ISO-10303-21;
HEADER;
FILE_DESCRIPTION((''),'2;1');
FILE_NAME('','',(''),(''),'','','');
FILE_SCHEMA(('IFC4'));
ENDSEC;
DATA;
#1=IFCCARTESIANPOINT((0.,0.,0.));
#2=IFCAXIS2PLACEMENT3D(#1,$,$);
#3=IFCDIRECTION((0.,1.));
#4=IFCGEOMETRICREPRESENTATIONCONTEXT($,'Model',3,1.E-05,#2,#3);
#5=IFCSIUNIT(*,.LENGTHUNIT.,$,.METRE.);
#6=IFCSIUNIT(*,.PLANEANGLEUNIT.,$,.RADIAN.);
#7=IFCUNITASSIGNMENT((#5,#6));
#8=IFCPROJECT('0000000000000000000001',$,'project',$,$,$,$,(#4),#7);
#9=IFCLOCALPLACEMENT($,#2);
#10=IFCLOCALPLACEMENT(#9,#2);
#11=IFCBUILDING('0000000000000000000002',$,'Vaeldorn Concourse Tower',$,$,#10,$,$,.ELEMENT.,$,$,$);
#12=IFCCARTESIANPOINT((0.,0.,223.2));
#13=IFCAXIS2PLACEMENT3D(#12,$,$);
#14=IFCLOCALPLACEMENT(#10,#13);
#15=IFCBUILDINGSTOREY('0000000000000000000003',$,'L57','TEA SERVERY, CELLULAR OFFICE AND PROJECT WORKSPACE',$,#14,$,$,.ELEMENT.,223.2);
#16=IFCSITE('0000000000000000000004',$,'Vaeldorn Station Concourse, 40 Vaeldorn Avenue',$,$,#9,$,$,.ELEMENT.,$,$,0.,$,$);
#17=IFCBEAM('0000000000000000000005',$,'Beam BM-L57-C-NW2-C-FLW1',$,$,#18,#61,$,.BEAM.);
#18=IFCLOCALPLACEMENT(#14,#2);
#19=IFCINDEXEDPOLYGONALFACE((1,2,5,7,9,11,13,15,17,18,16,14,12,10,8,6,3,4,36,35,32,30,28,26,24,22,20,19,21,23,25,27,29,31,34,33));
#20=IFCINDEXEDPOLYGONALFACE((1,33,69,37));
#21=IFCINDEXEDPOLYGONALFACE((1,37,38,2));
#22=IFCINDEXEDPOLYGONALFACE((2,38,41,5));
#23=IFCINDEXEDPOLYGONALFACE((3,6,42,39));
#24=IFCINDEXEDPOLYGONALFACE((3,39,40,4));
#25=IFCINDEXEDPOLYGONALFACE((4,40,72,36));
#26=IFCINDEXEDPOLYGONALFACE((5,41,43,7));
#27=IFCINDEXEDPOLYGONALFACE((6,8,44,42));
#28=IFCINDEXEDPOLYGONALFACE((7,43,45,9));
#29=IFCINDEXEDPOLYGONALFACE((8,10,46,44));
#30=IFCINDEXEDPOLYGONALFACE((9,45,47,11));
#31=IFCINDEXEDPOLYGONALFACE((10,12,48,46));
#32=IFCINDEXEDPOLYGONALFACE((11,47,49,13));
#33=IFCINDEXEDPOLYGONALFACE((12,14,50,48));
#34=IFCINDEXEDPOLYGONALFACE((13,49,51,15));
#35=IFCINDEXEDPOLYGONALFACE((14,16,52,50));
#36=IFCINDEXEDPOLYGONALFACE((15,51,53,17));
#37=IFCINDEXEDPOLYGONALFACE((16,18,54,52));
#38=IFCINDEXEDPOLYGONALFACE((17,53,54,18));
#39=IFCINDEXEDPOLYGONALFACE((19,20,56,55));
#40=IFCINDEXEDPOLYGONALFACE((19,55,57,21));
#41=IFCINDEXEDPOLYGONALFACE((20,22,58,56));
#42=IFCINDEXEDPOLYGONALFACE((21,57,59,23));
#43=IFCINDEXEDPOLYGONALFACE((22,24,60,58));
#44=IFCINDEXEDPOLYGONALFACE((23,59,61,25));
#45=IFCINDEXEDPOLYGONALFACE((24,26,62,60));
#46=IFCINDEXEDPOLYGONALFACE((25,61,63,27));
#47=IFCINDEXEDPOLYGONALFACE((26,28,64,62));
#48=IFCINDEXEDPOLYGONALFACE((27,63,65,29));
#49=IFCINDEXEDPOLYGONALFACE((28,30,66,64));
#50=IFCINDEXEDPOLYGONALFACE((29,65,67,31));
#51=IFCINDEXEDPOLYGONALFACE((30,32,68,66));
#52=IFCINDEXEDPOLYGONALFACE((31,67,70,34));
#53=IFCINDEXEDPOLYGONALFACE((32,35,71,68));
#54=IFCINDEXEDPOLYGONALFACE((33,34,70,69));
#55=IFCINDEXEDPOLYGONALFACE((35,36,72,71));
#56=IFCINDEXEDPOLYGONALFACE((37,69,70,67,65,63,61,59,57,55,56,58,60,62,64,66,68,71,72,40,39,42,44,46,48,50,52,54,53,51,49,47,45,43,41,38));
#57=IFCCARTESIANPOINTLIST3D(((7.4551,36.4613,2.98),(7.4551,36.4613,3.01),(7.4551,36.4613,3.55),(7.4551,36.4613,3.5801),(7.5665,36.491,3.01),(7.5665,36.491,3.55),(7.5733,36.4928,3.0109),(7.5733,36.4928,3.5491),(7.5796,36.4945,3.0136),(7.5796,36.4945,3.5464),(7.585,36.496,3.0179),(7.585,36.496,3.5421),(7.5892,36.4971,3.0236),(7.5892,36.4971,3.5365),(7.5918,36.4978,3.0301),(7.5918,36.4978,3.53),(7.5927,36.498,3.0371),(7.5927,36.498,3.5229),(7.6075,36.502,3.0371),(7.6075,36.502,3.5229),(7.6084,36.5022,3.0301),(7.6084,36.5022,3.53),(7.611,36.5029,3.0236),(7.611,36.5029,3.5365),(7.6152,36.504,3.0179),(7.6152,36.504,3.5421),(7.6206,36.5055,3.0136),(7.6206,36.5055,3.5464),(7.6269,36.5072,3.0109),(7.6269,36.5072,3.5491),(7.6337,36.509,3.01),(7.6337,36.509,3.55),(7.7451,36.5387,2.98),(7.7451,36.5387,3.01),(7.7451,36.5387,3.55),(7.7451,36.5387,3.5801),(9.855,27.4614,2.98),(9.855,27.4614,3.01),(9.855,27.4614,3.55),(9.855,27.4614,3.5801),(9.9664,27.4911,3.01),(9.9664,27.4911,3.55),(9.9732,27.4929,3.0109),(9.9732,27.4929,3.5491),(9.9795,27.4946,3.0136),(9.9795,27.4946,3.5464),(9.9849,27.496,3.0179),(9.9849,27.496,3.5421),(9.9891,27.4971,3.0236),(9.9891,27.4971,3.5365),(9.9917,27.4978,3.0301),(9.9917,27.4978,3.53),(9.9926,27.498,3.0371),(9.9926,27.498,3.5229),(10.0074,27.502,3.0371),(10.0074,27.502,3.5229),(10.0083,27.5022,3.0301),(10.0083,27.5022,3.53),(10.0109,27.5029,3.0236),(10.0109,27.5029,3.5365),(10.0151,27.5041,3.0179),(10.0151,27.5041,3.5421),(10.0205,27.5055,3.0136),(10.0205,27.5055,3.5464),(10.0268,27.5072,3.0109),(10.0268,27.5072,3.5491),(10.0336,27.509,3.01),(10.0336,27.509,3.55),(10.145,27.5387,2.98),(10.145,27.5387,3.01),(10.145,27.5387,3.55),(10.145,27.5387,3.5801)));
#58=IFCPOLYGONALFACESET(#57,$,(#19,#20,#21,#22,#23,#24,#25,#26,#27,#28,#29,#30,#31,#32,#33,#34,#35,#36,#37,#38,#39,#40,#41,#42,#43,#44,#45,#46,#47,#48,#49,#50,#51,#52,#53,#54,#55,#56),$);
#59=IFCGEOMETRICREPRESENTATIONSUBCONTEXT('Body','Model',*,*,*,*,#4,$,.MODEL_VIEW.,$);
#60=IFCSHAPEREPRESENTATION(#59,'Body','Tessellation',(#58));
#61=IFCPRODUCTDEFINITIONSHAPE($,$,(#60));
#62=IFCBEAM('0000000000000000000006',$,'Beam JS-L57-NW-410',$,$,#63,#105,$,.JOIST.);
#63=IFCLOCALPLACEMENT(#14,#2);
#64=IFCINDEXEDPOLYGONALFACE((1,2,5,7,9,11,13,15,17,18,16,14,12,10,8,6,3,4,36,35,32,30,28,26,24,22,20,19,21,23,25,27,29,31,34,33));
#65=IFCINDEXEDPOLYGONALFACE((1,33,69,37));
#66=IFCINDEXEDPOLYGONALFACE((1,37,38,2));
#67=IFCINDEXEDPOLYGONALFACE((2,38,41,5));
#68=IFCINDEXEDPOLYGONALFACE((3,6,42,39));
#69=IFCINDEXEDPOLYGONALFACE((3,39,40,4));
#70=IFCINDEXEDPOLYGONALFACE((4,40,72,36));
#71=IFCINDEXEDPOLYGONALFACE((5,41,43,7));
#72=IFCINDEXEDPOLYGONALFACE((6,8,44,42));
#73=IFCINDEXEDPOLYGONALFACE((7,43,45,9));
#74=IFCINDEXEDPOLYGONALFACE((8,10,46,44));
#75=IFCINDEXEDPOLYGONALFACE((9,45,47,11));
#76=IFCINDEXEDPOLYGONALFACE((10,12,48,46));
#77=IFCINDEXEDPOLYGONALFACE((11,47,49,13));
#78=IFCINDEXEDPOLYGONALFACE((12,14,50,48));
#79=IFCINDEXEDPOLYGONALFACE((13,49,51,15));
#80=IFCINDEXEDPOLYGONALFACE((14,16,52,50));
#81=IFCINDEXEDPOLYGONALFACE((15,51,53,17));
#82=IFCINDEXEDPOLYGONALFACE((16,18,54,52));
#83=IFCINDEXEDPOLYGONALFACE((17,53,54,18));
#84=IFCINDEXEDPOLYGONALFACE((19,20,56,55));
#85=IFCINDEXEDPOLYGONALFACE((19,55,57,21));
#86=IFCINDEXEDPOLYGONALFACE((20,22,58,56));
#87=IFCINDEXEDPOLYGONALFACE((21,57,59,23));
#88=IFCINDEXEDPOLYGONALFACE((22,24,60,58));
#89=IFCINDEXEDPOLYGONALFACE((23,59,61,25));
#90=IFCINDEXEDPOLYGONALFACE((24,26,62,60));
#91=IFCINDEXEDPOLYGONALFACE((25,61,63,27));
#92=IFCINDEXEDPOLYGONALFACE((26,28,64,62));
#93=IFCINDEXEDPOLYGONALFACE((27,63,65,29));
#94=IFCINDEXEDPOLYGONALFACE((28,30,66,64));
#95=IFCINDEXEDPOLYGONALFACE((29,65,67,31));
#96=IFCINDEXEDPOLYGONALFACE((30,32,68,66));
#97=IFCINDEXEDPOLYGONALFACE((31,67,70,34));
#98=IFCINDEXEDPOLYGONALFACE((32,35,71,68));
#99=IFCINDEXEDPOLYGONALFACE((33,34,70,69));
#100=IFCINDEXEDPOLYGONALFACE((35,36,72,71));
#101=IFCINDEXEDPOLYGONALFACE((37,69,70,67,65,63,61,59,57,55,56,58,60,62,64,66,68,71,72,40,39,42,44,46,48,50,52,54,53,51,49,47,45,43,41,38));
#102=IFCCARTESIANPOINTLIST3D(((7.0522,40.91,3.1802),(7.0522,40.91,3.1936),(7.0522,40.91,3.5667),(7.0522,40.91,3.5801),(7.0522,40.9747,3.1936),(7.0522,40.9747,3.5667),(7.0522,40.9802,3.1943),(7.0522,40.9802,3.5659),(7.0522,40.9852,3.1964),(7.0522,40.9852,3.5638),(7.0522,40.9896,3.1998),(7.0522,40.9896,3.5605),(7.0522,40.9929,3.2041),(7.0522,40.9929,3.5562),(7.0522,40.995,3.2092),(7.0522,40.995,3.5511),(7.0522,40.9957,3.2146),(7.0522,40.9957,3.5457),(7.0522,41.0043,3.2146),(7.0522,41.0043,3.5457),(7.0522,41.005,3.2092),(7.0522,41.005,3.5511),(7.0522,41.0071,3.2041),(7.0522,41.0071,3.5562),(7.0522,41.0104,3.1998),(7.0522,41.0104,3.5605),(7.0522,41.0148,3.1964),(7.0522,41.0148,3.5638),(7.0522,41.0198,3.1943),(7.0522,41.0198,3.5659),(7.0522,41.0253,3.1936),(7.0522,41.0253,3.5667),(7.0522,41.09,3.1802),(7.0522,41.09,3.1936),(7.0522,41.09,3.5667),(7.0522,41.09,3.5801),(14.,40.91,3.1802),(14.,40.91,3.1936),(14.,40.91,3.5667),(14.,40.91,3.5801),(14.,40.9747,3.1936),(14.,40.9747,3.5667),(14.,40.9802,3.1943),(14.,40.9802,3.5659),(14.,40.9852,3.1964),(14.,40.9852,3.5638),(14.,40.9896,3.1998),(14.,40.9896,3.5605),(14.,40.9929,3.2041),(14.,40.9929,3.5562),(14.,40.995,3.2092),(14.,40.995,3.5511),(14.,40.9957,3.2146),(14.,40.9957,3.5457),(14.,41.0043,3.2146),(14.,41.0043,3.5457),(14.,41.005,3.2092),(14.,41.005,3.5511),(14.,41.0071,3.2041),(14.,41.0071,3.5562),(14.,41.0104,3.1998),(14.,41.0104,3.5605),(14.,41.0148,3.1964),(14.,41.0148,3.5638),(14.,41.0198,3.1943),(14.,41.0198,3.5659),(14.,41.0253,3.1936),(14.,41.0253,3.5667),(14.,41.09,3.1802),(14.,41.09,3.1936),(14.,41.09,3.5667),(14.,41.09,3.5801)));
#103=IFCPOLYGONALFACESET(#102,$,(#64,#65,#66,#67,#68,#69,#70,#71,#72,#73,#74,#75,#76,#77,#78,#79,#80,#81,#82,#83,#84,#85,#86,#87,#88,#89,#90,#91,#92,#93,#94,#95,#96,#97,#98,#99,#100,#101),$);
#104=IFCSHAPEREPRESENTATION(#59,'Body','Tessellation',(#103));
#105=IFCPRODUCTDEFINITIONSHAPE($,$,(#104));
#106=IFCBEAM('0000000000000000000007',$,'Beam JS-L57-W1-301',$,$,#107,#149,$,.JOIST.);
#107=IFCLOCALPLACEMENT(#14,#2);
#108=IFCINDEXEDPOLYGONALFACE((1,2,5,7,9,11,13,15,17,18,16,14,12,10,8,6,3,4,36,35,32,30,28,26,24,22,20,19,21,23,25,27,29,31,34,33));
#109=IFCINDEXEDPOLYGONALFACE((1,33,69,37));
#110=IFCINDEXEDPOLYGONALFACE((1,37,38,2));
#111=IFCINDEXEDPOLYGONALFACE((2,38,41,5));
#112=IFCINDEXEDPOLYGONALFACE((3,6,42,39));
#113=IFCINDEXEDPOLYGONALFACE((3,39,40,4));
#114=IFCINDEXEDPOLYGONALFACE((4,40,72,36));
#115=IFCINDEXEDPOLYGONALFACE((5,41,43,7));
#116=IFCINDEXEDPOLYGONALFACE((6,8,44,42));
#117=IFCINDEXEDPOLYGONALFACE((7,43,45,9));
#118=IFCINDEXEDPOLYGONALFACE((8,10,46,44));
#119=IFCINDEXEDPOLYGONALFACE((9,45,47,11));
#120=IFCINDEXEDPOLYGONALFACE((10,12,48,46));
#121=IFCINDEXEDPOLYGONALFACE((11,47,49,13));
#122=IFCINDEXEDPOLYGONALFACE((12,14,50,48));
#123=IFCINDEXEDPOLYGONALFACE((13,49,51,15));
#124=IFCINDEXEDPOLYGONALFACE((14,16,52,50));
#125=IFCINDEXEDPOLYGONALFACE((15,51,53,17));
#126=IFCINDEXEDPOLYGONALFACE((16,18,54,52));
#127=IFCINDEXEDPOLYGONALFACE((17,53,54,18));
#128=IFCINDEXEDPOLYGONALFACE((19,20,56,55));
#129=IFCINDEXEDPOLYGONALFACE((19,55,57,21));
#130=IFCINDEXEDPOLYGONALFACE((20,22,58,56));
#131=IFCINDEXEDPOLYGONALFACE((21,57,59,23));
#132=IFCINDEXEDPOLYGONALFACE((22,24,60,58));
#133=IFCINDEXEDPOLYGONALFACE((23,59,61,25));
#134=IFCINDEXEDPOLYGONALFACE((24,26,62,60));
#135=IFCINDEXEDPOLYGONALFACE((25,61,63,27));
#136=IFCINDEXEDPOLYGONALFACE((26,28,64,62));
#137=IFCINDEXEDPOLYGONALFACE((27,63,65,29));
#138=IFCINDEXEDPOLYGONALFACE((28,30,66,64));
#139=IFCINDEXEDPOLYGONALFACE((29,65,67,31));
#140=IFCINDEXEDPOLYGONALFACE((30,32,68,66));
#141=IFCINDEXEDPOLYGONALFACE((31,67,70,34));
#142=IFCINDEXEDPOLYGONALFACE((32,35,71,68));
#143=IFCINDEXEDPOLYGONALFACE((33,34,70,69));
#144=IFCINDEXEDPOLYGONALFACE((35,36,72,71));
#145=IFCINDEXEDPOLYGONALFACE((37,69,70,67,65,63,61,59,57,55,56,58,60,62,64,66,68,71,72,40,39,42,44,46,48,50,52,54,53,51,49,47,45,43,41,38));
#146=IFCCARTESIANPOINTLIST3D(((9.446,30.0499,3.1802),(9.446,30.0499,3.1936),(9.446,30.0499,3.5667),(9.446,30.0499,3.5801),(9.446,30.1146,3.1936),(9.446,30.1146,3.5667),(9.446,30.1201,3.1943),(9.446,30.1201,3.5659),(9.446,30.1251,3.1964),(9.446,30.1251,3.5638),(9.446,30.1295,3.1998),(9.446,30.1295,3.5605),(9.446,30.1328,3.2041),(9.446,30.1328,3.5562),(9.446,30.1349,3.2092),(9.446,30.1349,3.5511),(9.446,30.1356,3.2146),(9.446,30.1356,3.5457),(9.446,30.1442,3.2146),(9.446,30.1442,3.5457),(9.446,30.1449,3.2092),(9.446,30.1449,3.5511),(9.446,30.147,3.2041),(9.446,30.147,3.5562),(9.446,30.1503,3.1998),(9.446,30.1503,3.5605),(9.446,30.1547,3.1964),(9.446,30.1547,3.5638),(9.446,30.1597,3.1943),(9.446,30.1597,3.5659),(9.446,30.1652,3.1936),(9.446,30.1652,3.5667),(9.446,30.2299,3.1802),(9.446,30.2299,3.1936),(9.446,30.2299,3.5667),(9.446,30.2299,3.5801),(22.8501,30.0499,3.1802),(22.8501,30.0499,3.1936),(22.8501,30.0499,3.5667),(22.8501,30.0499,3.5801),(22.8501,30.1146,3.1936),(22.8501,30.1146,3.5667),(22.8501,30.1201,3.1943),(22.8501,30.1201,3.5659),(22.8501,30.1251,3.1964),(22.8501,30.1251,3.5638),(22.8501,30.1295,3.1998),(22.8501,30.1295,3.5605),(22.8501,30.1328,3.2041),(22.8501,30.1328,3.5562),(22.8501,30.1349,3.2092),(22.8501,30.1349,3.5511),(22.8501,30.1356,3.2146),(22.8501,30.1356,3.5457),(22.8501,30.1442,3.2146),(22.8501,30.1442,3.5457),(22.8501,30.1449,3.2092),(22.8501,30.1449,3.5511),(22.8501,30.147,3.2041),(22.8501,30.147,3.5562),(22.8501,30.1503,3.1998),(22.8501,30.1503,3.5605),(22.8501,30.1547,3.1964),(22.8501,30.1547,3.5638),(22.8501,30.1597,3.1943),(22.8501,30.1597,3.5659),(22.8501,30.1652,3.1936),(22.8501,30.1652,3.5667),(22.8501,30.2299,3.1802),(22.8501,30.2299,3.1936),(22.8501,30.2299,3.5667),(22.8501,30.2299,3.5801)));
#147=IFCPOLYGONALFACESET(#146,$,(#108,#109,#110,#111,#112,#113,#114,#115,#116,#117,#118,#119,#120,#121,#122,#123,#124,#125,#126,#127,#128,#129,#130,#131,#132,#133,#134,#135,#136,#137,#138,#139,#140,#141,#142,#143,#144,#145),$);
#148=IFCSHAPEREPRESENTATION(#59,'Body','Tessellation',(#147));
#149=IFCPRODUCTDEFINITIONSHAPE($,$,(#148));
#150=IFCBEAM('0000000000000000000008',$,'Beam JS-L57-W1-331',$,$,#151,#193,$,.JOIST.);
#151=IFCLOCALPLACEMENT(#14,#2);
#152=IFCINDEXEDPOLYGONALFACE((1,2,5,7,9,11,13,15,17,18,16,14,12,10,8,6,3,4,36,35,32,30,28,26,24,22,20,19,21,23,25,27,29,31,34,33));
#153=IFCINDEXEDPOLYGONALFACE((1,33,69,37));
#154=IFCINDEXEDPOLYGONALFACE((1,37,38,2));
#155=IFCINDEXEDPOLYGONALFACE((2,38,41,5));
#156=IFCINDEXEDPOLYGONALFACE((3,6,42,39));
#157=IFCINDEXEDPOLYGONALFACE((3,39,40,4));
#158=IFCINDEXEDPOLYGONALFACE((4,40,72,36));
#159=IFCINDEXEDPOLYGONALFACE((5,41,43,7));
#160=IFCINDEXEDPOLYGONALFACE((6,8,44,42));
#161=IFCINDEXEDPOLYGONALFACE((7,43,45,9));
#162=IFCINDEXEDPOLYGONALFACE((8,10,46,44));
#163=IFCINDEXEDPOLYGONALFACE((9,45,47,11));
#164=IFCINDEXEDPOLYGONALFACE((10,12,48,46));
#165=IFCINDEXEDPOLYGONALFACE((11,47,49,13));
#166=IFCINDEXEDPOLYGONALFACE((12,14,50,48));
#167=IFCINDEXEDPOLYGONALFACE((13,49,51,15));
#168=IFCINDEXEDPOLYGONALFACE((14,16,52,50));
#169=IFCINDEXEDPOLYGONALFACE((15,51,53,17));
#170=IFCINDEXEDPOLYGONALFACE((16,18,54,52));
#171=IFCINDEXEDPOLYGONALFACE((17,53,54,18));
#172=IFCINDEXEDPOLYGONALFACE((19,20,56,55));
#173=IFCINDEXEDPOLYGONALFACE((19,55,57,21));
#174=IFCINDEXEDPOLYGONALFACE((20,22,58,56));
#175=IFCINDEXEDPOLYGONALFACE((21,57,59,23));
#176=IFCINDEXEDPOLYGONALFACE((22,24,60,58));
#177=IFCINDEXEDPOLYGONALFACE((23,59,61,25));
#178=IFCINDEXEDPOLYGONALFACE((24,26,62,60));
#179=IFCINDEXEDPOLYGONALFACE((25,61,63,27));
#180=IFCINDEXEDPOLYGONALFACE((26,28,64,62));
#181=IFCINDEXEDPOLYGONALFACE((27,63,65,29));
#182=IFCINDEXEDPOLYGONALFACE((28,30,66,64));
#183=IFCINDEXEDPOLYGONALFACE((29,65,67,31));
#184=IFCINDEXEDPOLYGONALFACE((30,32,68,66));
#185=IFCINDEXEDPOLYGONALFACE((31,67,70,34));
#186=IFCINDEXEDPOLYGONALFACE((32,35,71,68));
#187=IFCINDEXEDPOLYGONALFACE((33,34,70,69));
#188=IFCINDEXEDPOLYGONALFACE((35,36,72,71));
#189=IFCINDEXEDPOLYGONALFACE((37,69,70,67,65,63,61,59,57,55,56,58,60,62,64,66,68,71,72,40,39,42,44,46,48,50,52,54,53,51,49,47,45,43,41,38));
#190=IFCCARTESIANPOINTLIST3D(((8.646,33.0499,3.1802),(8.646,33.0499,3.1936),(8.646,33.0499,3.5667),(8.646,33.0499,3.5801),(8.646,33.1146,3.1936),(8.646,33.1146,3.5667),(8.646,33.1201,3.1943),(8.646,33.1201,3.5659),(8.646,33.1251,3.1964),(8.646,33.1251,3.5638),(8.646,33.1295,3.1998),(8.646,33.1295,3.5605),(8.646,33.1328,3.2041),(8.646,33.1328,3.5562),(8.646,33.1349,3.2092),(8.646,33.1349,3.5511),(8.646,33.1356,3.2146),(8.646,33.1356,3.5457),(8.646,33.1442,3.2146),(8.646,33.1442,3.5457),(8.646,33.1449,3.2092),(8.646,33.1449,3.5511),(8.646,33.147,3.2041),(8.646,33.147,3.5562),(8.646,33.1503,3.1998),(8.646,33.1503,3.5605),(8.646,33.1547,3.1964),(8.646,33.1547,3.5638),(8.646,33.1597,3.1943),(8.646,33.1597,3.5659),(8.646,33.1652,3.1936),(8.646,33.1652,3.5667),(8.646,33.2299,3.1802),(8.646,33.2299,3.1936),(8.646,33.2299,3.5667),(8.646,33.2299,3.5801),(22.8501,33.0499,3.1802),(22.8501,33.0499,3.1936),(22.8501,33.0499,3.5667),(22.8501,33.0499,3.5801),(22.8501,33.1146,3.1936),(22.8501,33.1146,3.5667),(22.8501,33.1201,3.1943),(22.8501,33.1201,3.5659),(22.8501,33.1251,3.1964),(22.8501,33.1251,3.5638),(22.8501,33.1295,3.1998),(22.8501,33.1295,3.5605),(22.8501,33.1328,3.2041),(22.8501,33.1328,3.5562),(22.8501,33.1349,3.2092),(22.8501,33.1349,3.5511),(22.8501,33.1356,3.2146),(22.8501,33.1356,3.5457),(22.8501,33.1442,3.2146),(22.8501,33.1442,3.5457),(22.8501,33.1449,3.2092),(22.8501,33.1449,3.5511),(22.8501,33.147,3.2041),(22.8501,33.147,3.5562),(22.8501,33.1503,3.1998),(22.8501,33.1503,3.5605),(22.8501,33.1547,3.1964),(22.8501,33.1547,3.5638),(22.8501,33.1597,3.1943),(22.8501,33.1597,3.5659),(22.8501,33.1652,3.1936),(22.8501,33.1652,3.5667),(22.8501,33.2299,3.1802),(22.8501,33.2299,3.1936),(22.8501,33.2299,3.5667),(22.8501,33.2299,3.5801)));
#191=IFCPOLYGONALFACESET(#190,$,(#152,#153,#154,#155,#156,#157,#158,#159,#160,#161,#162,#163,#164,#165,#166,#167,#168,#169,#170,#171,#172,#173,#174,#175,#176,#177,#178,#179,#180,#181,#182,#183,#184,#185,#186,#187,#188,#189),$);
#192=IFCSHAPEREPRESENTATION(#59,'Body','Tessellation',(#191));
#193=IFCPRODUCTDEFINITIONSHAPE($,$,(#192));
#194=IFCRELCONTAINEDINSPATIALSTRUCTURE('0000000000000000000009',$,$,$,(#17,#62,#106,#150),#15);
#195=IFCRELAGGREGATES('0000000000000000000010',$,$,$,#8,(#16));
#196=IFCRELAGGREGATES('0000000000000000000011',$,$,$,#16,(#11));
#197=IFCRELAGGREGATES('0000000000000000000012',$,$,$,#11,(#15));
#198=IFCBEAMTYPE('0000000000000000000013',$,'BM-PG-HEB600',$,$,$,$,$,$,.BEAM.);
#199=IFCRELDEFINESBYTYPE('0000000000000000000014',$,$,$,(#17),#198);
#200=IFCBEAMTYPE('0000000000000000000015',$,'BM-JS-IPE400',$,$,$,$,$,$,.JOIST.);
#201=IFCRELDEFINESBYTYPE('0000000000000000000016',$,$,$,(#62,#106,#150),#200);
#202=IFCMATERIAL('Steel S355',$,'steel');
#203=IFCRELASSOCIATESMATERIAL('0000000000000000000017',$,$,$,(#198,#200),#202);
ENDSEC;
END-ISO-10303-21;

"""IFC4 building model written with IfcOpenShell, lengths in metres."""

from ifc_helpers import new_model, si_unit, direction, frame, origin, origin_2d, place, context, subcontext, project, spatial, i_section, extrude, source, transform, mapped, material, material_profile, profile_set, type_object, element, save


model = new_model("IFC4")

# Units and contexts
model_context = context("Model", 3, precision=1e-05, world=origin(), true_north=direction((0.0, 1.0)))
body_context = subcontext(model_context, "Body", "Model", "MODEL_VIEW")
ifc_project = project(units=[si_unit("LENGTHUNIT", "METRE"), si_unit("PLANEANGLEUNIT", "RADIAN")], contexts=[model_context])

# Site, building, storey
site_placement = place(None, origin())
site = spatial("IfcSite", under=ifc_project, at=site_placement, Name="Vaeldorn Station Concourse, 40 Vaeldorn Avenue", CompositionType="ELEMENT", RefElevation=0.0)
building_placement = place(site_placement, origin())
building = spatial("IfcBuilding", under=site, at=building_placement, Name="Vaeldorn Concourse Tower", CompositionType="ELEMENT")
storey_placement = place(building_placement, frame((0.0, 0.0, 223.2)))
storey = spatial("IfcBuildingStorey", under=building, at=storey_placement, Name="L57", Description="TEA SERVERY, CELLULAR OFFICE AND PROJECT WORKSPACE", CompositionType="ELEMENT", Elevation=223.2)

# Beams
ifc_material_1 = material(Name="Steel S355", Category="steel")
ifc_material_profile_1 = material_profile(ifc_material_1, i_section(OverallWidth=0.3, OverallDepth=0.6001, WebThickness=0.0154, FlangeThickness=0.03, FilletRadius=0.0271, at=origin_2d()), Name="HEB 600")
ifc_profile_set_1 = profile_set([ifc_material_profile_1], Name="Steel S355")
beam_type_1 = type_object("IfcBeamType", Name="BM-PG-HEB600", PredefinedType="BEAM", material=ifc_profile_set_1)
shared_shape_1 = source(origin(), body_context, "Body", "SweptSolid", [
    extrude(i_section(OverallWidth=0.3, OverallDepth=0.6001, WebThickness=0.0154, FlangeThickness=0.03, FilletRadius=0.0271, at=origin_2d()), origin(), (0.0, 0.0, 1.0), 9.3145),
])
beam_1_placement = place(storey_placement, frame((7.6001, 36.5, 3.28), z_axis=(0.257653, -0.966238, 0.0), x_axis=(0.966238, 0.257653, 0.0)))
element("IfcBeam", 1, at=beam_1_placement, inside=storey, type_object=beam_type_1, Name="Beam BM-L57-C-NW2-C-FLW1", PredefinedType="BEAM", context=body_context, shape_type="MappedRepresentation", body=[
    mapped(shared_shape_1, transform((0.0, 0.0, 0.0), scale=1.0)),
])
ifc_material_profile_2 = material_profile(ifc_material_1, i_section(OverallWidth=0.1799, OverallDepth=0.3999, WebThickness=0.0085, FlangeThickness=0.0134, FilletRadius=0.021, at=origin_2d()), Name="IPE 400")
ifc_profile_set_2 = profile_set([ifc_material_profile_2], Name="Steel S355")
beam_type_2 = type_object("IfcBeamType", Name="BM-JS-IPE400", PredefinedType="JOIST", material=ifc_profile_set_2)
shared_shape_2 = source(origin(), body_context, "Body", "SweptSolid", [
    extrude(i_section(OverallWidth=0.1799, OverallDepth=0.3999, WebThickness=0.0085, FlangeThickness=0.0134, FilletRadius=0.021, at=origin_2d()), origin(), (0.0, 0.0, 1.0), 6.9478),
])
beam_2_placement = place(storey_placement, frame((7.0522, 41.0, 3.3801), z_axis=(1.0, 0.0, 0.0), x_axis=(0.0, 1.0, 0.0)))
element("IfcBeam", 2, at=beam_2_placement, inside=storey, type_object=beam_type_2, Name="Beam JS-L57-NW-410", PredefinedType="JOIST", context=body_context, shape_type="MappedRepresentation", body=[
    mapped(shared_shape_2, transform((0.0, 0.0, 0.0), scale=1.0)),
])
shared_shape_3 = source(origin(), body_context, "Body", "SweptSolid", [
    extrude(i_section(OverallWidth=0.1799, OverallDepth=0.3999, WebThickness=0.0085, FlangeThickness=0.0134, FilletRadius=0.021, at=origin_2d()), origin(), (0.0, 0.0, 1.0), 13.4041),
])
beam_3_placement = place(storey_placement, frame((9.446, 30.1399, 3.3801), z_axis=(1.0, 0.0, 0.0), x_axis=(0.0, 1.0, 0.0)))
element("IfcBeam", 3, at=beam_3_placement, inside=storey, type_object=beam_type_2, Name="Beam JS-L57-W1-301", PredefinedType="JOIST", context=body_context, shape_type="MappedRepresentation", body=[
    mapped(shared_shape_3, transform((0.0, 0.0, 0.0), scale=1.0)),
])
shared_shape_4 = source(origin(), body_context, "Body", "SweptSolid", [
    extrude(i_section(OverallWidth=0.1799, OverallDepth=0.3999, WebThickness=0.0085, FlangeThickness=0.0134, FilletRadius=0.021, at=origin_2d()), origin(), (0.0, 0.0, 1.0), 14.2041),
])
beam_4_placement = place(storey_placement, frame((8.646, 33.1399, 3.3801), z_axis=(1.0, 0.0, 0.0), x_axis=(0.0, 1.0, 0.0)))
element("IfcBeam", 4, at=beam_4_placement, inside=storey, type_object=beam_type_2, Name="Beam JS-L57-W1-331", PredefinedType="JOIST", context=body_context, shape_type="MappedRepresentation", body=[
    mapped(shared_shape_4, transform((0.0, 0.0, 0.0), scale=1.0)),
])

save(model, "model.ifc")
